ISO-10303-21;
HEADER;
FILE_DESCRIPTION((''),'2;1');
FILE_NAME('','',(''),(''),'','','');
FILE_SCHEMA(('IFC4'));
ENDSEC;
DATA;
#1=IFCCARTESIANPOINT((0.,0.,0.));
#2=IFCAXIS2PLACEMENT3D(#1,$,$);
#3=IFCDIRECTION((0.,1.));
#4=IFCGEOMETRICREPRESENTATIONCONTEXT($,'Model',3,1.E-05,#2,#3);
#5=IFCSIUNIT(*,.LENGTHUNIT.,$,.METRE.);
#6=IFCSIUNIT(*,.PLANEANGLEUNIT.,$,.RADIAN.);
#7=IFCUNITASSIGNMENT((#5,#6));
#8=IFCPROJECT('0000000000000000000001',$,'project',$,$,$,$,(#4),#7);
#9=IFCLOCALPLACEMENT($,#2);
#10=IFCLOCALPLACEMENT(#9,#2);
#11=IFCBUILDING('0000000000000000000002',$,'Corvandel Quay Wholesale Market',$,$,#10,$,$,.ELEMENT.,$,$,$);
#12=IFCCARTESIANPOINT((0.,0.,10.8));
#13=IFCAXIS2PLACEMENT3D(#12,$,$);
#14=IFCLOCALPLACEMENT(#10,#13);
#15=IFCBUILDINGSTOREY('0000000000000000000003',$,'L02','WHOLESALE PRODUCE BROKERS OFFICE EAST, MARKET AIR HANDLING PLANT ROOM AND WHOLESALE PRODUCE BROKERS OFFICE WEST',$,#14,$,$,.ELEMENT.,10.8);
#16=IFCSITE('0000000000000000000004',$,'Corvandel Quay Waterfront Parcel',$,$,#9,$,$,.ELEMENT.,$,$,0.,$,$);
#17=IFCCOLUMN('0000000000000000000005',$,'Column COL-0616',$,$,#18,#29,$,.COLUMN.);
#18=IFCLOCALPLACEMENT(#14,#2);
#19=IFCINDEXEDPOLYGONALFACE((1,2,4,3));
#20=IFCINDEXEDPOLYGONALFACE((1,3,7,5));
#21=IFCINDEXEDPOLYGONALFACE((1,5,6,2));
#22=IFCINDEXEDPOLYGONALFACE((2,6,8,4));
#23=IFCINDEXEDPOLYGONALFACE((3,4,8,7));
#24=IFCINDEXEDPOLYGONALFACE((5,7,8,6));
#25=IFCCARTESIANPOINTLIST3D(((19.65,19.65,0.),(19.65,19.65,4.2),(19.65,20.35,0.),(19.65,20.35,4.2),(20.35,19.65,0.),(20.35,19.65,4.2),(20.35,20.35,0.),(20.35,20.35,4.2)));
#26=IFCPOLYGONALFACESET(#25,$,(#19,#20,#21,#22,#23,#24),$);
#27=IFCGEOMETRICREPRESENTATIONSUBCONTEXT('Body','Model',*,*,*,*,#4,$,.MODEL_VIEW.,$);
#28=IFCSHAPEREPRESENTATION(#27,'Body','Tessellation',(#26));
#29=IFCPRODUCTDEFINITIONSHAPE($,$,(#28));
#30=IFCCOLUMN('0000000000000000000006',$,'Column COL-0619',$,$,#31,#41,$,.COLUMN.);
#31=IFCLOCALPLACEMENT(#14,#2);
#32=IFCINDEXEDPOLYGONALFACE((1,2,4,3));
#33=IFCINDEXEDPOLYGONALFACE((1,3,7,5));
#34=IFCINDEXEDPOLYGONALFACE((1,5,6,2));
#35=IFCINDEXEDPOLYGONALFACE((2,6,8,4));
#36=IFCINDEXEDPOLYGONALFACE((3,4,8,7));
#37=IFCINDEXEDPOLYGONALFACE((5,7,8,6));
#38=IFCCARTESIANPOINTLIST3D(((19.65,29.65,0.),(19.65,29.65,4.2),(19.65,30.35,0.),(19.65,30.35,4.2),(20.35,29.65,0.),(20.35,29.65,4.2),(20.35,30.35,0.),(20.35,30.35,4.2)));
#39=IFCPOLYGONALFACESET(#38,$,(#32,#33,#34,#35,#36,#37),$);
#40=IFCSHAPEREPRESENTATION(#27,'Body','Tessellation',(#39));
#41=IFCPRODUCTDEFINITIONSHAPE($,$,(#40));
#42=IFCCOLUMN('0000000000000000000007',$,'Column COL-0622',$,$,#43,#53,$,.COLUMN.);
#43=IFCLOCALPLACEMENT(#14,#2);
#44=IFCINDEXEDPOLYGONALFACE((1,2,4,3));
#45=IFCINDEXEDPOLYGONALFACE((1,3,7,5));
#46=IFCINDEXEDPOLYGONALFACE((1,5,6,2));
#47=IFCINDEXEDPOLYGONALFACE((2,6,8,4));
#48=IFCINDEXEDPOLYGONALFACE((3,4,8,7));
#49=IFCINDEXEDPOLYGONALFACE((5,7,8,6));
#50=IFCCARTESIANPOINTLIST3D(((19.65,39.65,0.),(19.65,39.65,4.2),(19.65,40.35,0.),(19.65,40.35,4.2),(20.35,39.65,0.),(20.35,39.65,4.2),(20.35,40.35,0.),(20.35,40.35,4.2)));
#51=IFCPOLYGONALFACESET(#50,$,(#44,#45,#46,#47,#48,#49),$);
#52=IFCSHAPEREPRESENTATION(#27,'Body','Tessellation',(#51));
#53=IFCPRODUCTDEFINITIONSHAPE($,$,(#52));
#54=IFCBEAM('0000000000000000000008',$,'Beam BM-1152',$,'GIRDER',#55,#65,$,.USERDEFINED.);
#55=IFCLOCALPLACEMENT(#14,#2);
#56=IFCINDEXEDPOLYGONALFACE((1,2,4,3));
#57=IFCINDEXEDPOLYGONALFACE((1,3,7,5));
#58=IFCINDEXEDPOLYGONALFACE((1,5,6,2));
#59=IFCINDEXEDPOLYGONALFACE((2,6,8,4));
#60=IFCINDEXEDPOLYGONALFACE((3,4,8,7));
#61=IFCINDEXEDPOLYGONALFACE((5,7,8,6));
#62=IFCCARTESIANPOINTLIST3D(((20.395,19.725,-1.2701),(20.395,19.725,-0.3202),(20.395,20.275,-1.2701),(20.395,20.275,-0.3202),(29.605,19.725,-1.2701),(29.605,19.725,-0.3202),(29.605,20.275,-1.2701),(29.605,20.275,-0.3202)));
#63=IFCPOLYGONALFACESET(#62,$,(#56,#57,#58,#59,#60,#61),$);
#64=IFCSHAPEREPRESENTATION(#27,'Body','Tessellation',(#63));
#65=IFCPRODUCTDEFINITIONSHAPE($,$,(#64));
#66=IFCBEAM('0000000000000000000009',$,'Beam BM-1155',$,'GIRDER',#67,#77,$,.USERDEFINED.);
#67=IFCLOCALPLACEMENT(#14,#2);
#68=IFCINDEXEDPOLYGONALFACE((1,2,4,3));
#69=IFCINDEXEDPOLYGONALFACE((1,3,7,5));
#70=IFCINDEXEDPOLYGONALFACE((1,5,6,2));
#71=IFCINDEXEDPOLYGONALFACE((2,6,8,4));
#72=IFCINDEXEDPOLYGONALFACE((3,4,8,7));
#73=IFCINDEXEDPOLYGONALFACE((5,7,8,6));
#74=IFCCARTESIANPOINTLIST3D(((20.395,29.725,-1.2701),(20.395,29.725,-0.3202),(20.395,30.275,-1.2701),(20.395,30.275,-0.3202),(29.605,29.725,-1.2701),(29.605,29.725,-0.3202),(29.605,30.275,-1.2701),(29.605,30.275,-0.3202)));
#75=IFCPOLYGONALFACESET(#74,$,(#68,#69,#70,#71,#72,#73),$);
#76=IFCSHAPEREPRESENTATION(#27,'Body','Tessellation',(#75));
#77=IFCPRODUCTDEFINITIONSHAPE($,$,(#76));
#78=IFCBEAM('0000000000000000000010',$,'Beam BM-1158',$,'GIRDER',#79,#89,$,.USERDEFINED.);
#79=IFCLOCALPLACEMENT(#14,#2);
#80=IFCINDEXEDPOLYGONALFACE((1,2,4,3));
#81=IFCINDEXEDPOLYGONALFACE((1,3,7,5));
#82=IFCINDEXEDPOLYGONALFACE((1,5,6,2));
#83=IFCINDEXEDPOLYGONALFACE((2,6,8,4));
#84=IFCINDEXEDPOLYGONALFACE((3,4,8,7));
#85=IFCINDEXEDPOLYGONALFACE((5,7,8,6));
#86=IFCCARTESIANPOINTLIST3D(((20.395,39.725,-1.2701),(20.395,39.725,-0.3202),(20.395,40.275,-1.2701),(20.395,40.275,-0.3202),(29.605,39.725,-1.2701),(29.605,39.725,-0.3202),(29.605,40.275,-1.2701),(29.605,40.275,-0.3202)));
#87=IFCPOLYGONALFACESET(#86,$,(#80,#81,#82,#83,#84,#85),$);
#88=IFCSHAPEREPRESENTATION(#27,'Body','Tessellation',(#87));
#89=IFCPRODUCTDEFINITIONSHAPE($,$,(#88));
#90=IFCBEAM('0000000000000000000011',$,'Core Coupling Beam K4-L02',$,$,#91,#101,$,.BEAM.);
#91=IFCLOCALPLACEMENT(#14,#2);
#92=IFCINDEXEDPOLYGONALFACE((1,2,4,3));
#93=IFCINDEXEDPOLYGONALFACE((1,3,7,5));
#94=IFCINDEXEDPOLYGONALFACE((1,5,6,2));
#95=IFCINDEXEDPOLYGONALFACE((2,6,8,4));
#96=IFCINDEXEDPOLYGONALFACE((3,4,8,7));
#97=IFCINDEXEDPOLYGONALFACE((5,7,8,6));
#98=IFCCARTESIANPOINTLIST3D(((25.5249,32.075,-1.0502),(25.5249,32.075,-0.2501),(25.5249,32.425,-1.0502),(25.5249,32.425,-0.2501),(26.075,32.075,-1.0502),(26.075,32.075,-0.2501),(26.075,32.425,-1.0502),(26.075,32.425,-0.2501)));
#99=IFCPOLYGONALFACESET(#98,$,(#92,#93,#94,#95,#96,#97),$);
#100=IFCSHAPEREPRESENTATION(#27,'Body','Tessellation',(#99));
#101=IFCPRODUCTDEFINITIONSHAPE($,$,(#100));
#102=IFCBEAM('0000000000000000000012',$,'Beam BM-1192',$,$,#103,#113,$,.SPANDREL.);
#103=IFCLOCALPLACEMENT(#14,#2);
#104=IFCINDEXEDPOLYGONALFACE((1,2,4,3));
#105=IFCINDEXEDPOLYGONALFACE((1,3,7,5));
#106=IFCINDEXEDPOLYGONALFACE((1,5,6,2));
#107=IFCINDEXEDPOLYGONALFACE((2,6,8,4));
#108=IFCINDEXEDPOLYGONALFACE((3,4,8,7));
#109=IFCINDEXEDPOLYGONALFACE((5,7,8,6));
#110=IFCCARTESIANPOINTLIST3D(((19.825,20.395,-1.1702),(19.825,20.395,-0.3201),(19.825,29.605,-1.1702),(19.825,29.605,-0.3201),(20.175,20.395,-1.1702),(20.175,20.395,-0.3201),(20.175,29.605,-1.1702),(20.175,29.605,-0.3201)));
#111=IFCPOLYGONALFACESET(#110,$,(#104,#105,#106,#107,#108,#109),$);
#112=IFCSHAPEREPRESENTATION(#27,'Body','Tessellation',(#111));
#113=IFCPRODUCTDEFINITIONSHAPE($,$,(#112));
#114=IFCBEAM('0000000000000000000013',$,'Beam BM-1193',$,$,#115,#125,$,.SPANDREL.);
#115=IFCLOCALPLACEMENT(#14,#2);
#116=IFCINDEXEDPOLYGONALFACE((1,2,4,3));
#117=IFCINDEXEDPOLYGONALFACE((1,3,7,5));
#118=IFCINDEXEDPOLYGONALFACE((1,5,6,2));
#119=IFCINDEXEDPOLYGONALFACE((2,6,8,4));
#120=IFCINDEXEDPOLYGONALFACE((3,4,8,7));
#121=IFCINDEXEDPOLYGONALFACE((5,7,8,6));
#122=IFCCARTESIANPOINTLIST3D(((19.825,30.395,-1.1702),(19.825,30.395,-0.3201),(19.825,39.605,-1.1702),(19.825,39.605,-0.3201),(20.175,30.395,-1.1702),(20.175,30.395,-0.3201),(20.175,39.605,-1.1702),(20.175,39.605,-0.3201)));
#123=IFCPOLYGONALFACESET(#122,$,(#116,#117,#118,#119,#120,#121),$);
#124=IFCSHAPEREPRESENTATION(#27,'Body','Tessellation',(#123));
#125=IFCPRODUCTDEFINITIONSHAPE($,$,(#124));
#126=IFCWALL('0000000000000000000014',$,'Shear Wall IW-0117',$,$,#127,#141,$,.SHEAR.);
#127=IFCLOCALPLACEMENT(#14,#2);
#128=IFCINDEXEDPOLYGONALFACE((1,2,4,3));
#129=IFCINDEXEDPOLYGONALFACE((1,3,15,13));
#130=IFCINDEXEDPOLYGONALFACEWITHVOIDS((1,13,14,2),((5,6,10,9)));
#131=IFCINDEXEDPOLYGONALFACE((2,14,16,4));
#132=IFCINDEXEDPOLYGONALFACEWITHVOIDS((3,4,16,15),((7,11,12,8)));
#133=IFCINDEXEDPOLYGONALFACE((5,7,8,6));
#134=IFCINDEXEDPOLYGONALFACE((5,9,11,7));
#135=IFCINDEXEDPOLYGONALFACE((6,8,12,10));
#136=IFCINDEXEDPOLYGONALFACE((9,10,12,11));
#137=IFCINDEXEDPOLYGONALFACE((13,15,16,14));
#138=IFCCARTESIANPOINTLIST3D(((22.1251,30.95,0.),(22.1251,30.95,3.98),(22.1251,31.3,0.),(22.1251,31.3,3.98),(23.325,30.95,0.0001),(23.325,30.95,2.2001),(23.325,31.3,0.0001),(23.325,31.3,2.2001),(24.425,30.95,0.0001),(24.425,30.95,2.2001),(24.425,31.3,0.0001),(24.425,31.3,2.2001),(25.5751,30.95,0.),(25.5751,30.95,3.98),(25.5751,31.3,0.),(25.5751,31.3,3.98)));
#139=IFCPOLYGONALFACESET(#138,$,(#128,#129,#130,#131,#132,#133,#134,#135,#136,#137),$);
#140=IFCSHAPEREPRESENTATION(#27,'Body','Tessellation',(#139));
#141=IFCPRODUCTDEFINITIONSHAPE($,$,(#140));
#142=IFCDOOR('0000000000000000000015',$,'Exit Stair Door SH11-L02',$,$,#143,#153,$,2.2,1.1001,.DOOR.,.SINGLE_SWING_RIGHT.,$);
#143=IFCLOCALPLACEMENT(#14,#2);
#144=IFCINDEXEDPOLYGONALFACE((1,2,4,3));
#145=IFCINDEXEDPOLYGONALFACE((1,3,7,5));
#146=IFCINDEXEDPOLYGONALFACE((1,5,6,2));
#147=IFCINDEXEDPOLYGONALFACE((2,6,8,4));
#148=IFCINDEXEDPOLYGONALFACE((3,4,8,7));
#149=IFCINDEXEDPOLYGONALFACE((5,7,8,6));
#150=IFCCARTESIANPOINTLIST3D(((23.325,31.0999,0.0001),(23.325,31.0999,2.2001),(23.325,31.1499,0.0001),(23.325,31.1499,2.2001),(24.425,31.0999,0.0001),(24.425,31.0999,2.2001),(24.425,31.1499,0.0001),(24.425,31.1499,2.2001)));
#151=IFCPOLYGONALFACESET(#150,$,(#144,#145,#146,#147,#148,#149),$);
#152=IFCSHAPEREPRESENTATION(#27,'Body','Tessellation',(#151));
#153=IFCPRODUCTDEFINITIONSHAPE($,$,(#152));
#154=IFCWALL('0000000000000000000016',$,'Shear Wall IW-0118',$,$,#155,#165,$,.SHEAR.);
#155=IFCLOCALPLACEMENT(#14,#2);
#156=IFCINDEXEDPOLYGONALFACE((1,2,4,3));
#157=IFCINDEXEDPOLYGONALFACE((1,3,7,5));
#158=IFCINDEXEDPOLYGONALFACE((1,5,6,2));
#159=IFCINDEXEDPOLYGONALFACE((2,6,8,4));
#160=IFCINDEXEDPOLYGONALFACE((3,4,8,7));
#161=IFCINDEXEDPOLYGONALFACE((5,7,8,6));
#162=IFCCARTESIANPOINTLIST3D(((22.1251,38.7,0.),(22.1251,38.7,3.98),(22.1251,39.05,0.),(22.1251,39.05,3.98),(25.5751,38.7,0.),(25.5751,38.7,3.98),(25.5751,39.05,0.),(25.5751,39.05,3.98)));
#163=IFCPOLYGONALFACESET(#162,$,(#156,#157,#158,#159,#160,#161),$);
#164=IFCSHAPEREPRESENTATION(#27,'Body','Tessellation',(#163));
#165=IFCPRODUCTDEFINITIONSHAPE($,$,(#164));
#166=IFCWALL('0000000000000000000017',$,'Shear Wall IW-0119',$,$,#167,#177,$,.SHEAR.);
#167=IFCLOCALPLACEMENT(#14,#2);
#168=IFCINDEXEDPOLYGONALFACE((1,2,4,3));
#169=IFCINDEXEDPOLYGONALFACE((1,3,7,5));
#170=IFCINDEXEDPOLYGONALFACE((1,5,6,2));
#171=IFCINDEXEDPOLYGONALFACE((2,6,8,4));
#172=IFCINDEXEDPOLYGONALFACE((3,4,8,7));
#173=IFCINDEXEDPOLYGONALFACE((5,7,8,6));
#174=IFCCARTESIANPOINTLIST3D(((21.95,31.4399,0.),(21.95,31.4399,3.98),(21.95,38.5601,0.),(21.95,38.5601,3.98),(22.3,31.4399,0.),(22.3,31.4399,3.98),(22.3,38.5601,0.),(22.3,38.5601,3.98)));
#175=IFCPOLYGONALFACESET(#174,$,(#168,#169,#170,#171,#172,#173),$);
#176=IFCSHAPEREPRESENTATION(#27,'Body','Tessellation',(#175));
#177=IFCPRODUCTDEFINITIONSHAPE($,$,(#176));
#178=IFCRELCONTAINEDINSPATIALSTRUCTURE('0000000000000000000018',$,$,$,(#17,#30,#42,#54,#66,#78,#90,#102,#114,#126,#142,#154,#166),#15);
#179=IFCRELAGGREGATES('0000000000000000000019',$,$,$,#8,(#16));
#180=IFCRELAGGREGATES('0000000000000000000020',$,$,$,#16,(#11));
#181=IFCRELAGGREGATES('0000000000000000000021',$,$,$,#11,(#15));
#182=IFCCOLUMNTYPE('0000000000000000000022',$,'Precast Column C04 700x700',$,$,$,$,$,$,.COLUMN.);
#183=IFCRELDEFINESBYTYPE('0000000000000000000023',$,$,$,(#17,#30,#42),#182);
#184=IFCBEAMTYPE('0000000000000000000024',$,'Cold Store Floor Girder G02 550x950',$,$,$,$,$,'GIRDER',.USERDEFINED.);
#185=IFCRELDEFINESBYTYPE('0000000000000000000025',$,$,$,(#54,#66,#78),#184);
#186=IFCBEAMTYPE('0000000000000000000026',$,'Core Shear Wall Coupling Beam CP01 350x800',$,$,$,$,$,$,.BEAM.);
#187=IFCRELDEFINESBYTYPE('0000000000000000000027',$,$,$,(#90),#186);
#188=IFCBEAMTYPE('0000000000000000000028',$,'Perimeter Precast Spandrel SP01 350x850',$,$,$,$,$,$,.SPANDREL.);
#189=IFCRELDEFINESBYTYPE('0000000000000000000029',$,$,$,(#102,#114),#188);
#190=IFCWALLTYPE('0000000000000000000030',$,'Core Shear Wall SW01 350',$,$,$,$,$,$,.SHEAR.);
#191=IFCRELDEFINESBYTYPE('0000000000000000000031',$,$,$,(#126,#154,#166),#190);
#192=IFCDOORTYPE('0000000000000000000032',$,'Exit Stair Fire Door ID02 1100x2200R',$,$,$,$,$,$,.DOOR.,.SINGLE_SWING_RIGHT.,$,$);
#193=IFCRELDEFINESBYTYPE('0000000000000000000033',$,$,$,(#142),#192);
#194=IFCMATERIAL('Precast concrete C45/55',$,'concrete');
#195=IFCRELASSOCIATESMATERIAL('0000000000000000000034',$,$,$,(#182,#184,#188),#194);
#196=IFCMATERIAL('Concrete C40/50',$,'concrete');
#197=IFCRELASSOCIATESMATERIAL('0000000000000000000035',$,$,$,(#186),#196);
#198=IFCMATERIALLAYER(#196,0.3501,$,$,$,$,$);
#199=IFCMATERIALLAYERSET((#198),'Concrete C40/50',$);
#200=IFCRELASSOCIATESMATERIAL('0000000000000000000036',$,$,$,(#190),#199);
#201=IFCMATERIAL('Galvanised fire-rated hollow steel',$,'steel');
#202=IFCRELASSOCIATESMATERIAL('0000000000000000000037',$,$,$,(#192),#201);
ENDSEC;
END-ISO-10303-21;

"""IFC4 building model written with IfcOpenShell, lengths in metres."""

from ifc_helpers import new_model, si_unit, direction, frame, frame_2d, origin, origin_2d, place, context, subcontext, project, spatial, rectangle, extrude, material, layer, layer_set, material_profile, profile_set, type_object, element, fill, save


model = new_model("IFC4")

# Units and contexts
model_context = context("Model", 3, precision=1e-05, world=origin(), true_north=direction((0.0, 1.0)))
body_context = subcontext(model_context, "Body", "Model", "MODEL_VIEW")
ifc_project = project(units=[si_unit("LENGTHUNIT", "METRE"), si_unit("PLANEANGLEUNIT", "RADIAN")], contexts=[model_context])

# Site, building, storey
site_placement = place(None, origin())
site = spatial("IfcSite", under=ifc_project, at=site_placement, Name="Corvandel Quay Waterfront Parcel", CompositionType="ELEMENT", RefElevation=0.0)
building_placement = place(site_placement, origin())
building = spatial("IfcBuilding", under=site, at=building_placement, Name="Corvandel Quay Wholesale Market", CompositionType="ELEMENT")
storey_placement = place(building_placement, frame((0.0, 0.0, 10.8)))
storey = spatial("IfcBuildingStorey", under=building, at=storey_placement, Name="L02", Description="WHOLESALE PRODUCE BROKERS OFFICE EAST, MARKET AIR HANDLING PLANT ROOM AND WHOLESALE PRODUCE BROKERS OFFICE WEST", CompositionType="ELEMENT", Elevation=10.8)

# Columns
ifc_material_1 = material(Name="Precast concrete C45/55", Category="concrete")
ifc_material_profile_1 = material_profile(ifc_material_1, rectangle(XDim=0.7, YDim=0.7, at=origin_2d()), Name="PC-COL-700x700")
ifc_profile_set_1 = profile_set([ifc_material_profile_1], Name="Precast concrete C45/55")
column_type = type_object("IfcColumnType", Name="Precast Column C04 700x700", PredefinedType="COLUMN", material=ifc_profile_set_1)
for number, where, z_axis, x_axis, name in (
    (1, (20.0, 20.0, 0.0), (0.0, 0.0, 1.0), (1.0, 0.0, 0.0), "Column COL-0616"),
    (2, (20.0, 30.0, 0.0), (0.0, 0.0, 1.0), (1.0, 0.0, 0.0), "Column COL-0619"),
    (3, (20.0, 40.0, 0.0), (0.0, 0.0, 1.0), (1.0, 0.0, 0.0), "Column COL-0622"),
):
    element("IfcColumn", number, at=place(storey_placement, frame(where, z_axis=z_axis, x_axis=x_axis)), inside=storey, type_object=column_type, Name=name, PredefinedType="COLUMN", context=body_context, shape_type="SweptSolid", body=[
        extrude(rectangle(XDim=0.7, YDim=0.7, at=origin_2d()), origin(), (0.0, 0.0, 1.0), 4.2),
    ])

# Beams
ifc_material_profile_2 = material_profile(ifc_material_1, rectangle(XDim=0.55, YDim=0.95, at=origin_2d()), Name="PC-GIR-550x950")
ifc_profile_set_2 = profile_set([ifc_material_profile_2], Name="Precast concrete C45/55")
beam_type_1 = type_object("IfcBeamType", Name="Cold Store Floor Girder G02 550x950", ElementType="GIRDER", PredefinedType="USERDEFINED", material=ifc_profile_set_2)
for number, where, z_axis, x_axis, name in (
    (4, (20.395, 20.0, -0.7952), (1.0, 0.0, 0.0), (0.0, 1.0, 0.0), "Beam BM-1152"),
    (5, (20.395, 30.0, -0.7952), (1.0, 0.0, 0.0), (0.0, 1.0, 0.0), "Beam BM-1155"),
    (6, (20.395, 40.0, -0.7952), (1.0, 0.0, 0.0), (0.0, 1.0, 0.0), "Beam BM-1158"),
):
    element("IfcBeam", number, at=place(storey_placement, frame(where, z_axis=z_axis, x_axis=x_axis)), inside=storey, type_object=beam_type_1, Name=name, ObjectType="GIRDER", PredefinedType="USERDEFINED", context=body_context, shape_type="SweptSolid", body=[
        extrude(rectangle(XDim=0.55, YDim=0.95, at=origin_2d()), origin(), (0.0, 0.0, 1.0), 9.21),
    ])
ifc_material_2 = material(Name="Concrete C40/50", Category="concrete")
ifc_material_profile_3 = material_profile(ifc_material_2, rectangle(XDim=0.3501, YDim=0.8, at=origin_2d()), Name="RC-CPL-350x800")
ifc_profile_set_3 = profile_set([ifc_material_profile_3], Name="Concrete C40/50")
beam_type_2 = type_object("IfcBeamType", Name="Core Shear Wall Coupling Beam CP01 350x800", PredefinedType="BEAM", material=ifc_profile_set_3)
beam_placement = place(storey_placement, frame((25.5249, 32.25, -0.6501), z_axis=(1.0, 0.0, 0.0), x_axis=(0.0, 1.0, 0.0)))
element("IfcBeam", 7, at=beam_placement, inside=storey, type_object=beam_type_2, Name="Core Coupling Beam K4-L02", PredefinedType="BEAM", context=body_context, shape_type="SweptSolid", body=[
    extrude(rectangle(XDim=0.3501, YDim=0.8, at=origin_2d()), origin(), (0.0, 0.0, 1.0), 0.55),
])
ifc_material_profile_4 = material_profile(ifc_material_1, rectangle(XDim=0.3501, YDim=0.8501, at=origin_2d()), Name="PC-SPN-350x850")
ifc_profile_set_4 = profile_set([ifc_material_profile_4], Name="Precast concrete C45/55")
beam_type_3 = type_object("IfcBeamType", Name="Perimeter Precast Spandrel SP01 350x850", PredefinedType="SPANDREL", material=ifc_profile_set_4)
for number, where, z_axis, x_axis, name in (
    (8, (20.0, 20.395, -0.7451), (0.0, 1.0, 0.0), (-1.0, 0.0, 0.0), "Beam BM-1192"),
    (9, (20.0, 30.395, -0.7451), (0.0, 1.0, 0.0), (-1.0, 0.0, 0.0), "Beam BM-1193"),
):
    element("IfcBeam", number, at=place(storey_placement, frame(where, z_axis=z_axis, x_axis=x_axis)), inside=storey, type_object=beam_type_3, Name=name, PredefinedType="SPANDREL", context=body_context, shape_type="SweptSolid", body=[
        extrude(rectangle(XDim=0.3501, YDim=0.8501, at=origin_2d()), origin(), (0.0, 0.0, 1.0), 9.21),
    ])

# Wall, opening, door
ifc_layer_1 = layer(ifc_material_2, 0.3501)
ifc_layer_set_1 = layer_set([ifc_layer_1], Name="Concrete C40/50")
wall_type_1 = type_object("IfcWallType", Name="Core Shear Wall SW01 350", PredefinedType="SHEAR", material=ifc_layer_set_1)
wall_1_placement = place(storey_placement, frame((22.125, 31.125, 0.0), z_axis=(0.0, 0.0, 1.0), x_axis=(1.0, 0.0, 0.0)))
wall_1 = element("IfcWall", 10, at=wall_1_placement, inside=storey, type_object=wall_type_1, Name="Shear Wall IW-0117", PredefinedType="SHEAR", context=body_context, shape_type="SweptSolid", body=[
    extrude(rectangle(XDim=3.45, YDim=0.3501, at=frame_2d((1.7251, 0.0))), origin(), (0.0, 0.0, 1.0), 3.98),
])
opening_1_placement = place(wall_1_placement, frame((1.2, 0.0, 0.0)))
opening_1 = element("IfcOpeningElement", 11, at=opening_1_placement, cuts=wall_1, PredefinedType="OPENING", context=body_context, shape_type="SweptSolid", body=[
    extrude(rectangle(XDim=1.1001, YDim=2.2, at=frame_2d((0.55, 1.1001))), frame((0.0, 0.1851, 0.0), z_axis=(0.0, -1.0, 0.0), x_axis=(1.0, 0.0, 0.0)), (0.0, 0.0, 1.0), 0.3701),
])
ifc_material_3 = material(Name="Galvanised fire-rated hollow steel", Category="steel")
door_type = type_object("IfcDoorType", Name="Exit Stair Fire Door ID02 1100x2200R", OperationType="SINGLE_SWING_RIGHT", PredefinedType="DOOR", material=ifc_material_3)
door_placement = place(opening_1_placement, origin())
door = element("IfcDoor", 12, at=door_placement, inside=storey, type_object=door_type, Name="Exit Stair Door SH11-L02", OperationType="SINGLE_SWING_RIGHT", OverallHeight=2.2, OverallWidth=1.1001, PredefinedType="DOOR", context=body_context, shape_type="SweptSolid", body=[
    extrude(rectangle(XDim=1.1001, YDim=2.2, at=frame_2d((0.55, 1.1001))), frame((0.0, 0.0249, 0.0), z_axis=(0.0, -1.0, 0.0), x_axis=(1.0, 0.0, 0.0)), (0.0, 0.0, 1.0), 0.05),
])
fill(opening_1, door)

# Walls
wall_2_placement = place(storey_placement, frame((22.125, 38.875, 0.0), z_axis=(0.0, 0.0, 1.0), x_axis=(1.0, 0.0, 0.0)))
element("IfcWall", 13, at=wall_2_placement, inside=storey, type_object=wall_type_1, Name="Shear Wall IW-0118", PredefinedType="SHEAR", context=body_context, shape_type="SweptSolid", body=[
    extrude(rectangle(XDim=3.45, YDim=0.3501, at=frame_2d((1.7251, 0.0))), origin(), (0.0, 0.0, 1.0), 3.98),
])
wall_3_placement = place(storey_placement, frame((22.125, 31.4399, 0.0), z_axis=(0.0, 0.0, 1.0), x_axis=(0.0, 1.0, 0.0)))
element("IfcWall", 14, at=wall_3_placement, inside=storey, type_object=wall_type_1, Name="Shear Wall IW-0119", PredefinedType="SHEAR", context=body_context, shape_type="SweptSolid", body=[
    extrude(rectangle(XDim=7.1201, YDim=0.3501, at=frame_2d((3.5601, 0.0))), origin(), (0.0, 0.0, 1.0), 3.98),
])

save(model, "model.ifc")
